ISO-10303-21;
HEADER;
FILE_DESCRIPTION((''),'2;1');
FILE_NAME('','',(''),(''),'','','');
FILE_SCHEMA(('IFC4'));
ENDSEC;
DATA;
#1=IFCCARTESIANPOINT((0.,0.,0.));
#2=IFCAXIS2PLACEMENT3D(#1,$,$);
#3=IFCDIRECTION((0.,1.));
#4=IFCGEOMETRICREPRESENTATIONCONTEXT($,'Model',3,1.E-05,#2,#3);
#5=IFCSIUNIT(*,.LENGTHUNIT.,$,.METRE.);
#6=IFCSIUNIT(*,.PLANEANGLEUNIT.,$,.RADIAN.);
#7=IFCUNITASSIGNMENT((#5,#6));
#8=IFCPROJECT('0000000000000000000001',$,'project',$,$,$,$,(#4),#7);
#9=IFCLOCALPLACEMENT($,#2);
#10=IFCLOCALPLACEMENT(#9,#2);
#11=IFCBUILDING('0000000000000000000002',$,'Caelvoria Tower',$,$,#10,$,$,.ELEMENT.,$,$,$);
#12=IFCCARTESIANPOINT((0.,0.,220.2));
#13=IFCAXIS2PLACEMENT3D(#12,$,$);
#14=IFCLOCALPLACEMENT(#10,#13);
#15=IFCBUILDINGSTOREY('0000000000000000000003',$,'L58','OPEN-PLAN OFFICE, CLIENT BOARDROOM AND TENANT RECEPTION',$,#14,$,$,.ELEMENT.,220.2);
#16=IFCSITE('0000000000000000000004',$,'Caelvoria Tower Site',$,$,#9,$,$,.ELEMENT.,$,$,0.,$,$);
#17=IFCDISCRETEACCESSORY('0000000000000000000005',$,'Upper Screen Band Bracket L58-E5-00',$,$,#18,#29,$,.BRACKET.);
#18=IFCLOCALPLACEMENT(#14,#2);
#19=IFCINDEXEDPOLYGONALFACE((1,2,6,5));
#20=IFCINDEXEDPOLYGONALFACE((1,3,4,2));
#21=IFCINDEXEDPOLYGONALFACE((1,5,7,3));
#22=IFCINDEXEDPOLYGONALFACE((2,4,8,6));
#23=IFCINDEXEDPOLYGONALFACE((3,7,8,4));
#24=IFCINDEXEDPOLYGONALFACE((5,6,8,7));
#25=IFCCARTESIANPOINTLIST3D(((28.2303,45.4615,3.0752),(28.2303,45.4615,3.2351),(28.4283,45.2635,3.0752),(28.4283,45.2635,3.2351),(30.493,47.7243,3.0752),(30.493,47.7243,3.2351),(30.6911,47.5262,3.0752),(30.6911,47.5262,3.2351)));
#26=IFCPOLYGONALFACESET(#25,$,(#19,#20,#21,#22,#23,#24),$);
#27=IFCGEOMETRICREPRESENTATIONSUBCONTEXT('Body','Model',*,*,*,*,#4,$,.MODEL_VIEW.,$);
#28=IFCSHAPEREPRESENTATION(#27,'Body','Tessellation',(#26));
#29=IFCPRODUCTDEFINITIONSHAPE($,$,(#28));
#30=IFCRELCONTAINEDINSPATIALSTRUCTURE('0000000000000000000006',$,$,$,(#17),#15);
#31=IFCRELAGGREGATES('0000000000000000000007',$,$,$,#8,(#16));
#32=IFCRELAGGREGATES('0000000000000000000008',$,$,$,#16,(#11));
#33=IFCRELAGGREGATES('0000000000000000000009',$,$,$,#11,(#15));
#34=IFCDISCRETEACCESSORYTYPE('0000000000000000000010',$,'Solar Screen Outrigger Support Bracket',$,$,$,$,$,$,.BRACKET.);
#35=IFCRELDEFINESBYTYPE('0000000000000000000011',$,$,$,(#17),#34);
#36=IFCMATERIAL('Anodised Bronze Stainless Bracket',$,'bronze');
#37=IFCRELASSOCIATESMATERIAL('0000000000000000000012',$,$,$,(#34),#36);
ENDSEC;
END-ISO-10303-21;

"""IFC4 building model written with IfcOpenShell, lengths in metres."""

from ifc_helpers import new_model, si_unit, direction, frame, origin, origin_2d, place, context, subcontext, project, spatial, rectangle, extrude, material, type_object, element, save


model = new_model("IFC4")

# Units and contexts
model_context = context("Model", 3, precision=1e-05, world=origin(), true_north=direction((0.0, 1.0)))
body_context = subcontext(model_context, "Body", "Model", "MODEL_VIEW")
ifc_project = project(units=[si_unit("LENGTHUNIT", "METRE"), si_unit("PLANEANGLEUNIT", "RADIAN")], contexts=[model_context])

# Site, building, storey
site_placement = place(None, origin())
site = spatial("IfcSite", under=ifc_project, at=site_placement, Name="Caelvoria Tower Site", CompositionType="ELEMENT", RefElevation=0.0)
building_placement = place(site_placement, origin())
building = spatial("IfcBuilding", under=site, at=building_placement, Name="Caelvoria Tower", CompositionType="ELEMENT")
storey_placement = place(building_placement, frame((0.0, 0.0, 220.2)))
storey = spatial("IfcBuildingStorey", under=building, at=storey_placement, Name="L58", Description="OPEN-PLAN OFFICE, CLIENT BOARDROOM AND TENANT RECEPTION", CompositionType="ELEMENT", Elevation=220.2)

# Discrete accessory
ifc_material_1 = material(Name="Anodised Bronze Stainless Bracket", Category="bronze")
discrete_accessory_type = type_object("IfcDiscreteAccessoryType", Name="Solar Screen Outrigger Support Bracket", PredefinedType="BRACKET", material=ifc_material_1)
for number, where, z_axis, x_axis, name in (
    (1, (29.4607, 46.4939, 3.0752), (0.0, 0.0, 1.0), (-0.707107, -0.707107, 0.0), "Upper Screen Band Bracket L58-E5-00"),
):
    element("IfcDiscreteAccessory", number, at=place(storey_placement, frame(where, z_axis=z_axis, x_axis=x_axis)), inside=storey, type_object=discrete_accessory_type, Name=name, PredefinedType="BRACKET", context=body_context, shape_type="SweptSolid", body=[
        extrude(rectangle(XDim=3.2, YDim=0.28, at=origin_2d()), origin(), (0.0, 0.0, 1.0), 0.1599),
    ])

save(model, "model.ifc")
